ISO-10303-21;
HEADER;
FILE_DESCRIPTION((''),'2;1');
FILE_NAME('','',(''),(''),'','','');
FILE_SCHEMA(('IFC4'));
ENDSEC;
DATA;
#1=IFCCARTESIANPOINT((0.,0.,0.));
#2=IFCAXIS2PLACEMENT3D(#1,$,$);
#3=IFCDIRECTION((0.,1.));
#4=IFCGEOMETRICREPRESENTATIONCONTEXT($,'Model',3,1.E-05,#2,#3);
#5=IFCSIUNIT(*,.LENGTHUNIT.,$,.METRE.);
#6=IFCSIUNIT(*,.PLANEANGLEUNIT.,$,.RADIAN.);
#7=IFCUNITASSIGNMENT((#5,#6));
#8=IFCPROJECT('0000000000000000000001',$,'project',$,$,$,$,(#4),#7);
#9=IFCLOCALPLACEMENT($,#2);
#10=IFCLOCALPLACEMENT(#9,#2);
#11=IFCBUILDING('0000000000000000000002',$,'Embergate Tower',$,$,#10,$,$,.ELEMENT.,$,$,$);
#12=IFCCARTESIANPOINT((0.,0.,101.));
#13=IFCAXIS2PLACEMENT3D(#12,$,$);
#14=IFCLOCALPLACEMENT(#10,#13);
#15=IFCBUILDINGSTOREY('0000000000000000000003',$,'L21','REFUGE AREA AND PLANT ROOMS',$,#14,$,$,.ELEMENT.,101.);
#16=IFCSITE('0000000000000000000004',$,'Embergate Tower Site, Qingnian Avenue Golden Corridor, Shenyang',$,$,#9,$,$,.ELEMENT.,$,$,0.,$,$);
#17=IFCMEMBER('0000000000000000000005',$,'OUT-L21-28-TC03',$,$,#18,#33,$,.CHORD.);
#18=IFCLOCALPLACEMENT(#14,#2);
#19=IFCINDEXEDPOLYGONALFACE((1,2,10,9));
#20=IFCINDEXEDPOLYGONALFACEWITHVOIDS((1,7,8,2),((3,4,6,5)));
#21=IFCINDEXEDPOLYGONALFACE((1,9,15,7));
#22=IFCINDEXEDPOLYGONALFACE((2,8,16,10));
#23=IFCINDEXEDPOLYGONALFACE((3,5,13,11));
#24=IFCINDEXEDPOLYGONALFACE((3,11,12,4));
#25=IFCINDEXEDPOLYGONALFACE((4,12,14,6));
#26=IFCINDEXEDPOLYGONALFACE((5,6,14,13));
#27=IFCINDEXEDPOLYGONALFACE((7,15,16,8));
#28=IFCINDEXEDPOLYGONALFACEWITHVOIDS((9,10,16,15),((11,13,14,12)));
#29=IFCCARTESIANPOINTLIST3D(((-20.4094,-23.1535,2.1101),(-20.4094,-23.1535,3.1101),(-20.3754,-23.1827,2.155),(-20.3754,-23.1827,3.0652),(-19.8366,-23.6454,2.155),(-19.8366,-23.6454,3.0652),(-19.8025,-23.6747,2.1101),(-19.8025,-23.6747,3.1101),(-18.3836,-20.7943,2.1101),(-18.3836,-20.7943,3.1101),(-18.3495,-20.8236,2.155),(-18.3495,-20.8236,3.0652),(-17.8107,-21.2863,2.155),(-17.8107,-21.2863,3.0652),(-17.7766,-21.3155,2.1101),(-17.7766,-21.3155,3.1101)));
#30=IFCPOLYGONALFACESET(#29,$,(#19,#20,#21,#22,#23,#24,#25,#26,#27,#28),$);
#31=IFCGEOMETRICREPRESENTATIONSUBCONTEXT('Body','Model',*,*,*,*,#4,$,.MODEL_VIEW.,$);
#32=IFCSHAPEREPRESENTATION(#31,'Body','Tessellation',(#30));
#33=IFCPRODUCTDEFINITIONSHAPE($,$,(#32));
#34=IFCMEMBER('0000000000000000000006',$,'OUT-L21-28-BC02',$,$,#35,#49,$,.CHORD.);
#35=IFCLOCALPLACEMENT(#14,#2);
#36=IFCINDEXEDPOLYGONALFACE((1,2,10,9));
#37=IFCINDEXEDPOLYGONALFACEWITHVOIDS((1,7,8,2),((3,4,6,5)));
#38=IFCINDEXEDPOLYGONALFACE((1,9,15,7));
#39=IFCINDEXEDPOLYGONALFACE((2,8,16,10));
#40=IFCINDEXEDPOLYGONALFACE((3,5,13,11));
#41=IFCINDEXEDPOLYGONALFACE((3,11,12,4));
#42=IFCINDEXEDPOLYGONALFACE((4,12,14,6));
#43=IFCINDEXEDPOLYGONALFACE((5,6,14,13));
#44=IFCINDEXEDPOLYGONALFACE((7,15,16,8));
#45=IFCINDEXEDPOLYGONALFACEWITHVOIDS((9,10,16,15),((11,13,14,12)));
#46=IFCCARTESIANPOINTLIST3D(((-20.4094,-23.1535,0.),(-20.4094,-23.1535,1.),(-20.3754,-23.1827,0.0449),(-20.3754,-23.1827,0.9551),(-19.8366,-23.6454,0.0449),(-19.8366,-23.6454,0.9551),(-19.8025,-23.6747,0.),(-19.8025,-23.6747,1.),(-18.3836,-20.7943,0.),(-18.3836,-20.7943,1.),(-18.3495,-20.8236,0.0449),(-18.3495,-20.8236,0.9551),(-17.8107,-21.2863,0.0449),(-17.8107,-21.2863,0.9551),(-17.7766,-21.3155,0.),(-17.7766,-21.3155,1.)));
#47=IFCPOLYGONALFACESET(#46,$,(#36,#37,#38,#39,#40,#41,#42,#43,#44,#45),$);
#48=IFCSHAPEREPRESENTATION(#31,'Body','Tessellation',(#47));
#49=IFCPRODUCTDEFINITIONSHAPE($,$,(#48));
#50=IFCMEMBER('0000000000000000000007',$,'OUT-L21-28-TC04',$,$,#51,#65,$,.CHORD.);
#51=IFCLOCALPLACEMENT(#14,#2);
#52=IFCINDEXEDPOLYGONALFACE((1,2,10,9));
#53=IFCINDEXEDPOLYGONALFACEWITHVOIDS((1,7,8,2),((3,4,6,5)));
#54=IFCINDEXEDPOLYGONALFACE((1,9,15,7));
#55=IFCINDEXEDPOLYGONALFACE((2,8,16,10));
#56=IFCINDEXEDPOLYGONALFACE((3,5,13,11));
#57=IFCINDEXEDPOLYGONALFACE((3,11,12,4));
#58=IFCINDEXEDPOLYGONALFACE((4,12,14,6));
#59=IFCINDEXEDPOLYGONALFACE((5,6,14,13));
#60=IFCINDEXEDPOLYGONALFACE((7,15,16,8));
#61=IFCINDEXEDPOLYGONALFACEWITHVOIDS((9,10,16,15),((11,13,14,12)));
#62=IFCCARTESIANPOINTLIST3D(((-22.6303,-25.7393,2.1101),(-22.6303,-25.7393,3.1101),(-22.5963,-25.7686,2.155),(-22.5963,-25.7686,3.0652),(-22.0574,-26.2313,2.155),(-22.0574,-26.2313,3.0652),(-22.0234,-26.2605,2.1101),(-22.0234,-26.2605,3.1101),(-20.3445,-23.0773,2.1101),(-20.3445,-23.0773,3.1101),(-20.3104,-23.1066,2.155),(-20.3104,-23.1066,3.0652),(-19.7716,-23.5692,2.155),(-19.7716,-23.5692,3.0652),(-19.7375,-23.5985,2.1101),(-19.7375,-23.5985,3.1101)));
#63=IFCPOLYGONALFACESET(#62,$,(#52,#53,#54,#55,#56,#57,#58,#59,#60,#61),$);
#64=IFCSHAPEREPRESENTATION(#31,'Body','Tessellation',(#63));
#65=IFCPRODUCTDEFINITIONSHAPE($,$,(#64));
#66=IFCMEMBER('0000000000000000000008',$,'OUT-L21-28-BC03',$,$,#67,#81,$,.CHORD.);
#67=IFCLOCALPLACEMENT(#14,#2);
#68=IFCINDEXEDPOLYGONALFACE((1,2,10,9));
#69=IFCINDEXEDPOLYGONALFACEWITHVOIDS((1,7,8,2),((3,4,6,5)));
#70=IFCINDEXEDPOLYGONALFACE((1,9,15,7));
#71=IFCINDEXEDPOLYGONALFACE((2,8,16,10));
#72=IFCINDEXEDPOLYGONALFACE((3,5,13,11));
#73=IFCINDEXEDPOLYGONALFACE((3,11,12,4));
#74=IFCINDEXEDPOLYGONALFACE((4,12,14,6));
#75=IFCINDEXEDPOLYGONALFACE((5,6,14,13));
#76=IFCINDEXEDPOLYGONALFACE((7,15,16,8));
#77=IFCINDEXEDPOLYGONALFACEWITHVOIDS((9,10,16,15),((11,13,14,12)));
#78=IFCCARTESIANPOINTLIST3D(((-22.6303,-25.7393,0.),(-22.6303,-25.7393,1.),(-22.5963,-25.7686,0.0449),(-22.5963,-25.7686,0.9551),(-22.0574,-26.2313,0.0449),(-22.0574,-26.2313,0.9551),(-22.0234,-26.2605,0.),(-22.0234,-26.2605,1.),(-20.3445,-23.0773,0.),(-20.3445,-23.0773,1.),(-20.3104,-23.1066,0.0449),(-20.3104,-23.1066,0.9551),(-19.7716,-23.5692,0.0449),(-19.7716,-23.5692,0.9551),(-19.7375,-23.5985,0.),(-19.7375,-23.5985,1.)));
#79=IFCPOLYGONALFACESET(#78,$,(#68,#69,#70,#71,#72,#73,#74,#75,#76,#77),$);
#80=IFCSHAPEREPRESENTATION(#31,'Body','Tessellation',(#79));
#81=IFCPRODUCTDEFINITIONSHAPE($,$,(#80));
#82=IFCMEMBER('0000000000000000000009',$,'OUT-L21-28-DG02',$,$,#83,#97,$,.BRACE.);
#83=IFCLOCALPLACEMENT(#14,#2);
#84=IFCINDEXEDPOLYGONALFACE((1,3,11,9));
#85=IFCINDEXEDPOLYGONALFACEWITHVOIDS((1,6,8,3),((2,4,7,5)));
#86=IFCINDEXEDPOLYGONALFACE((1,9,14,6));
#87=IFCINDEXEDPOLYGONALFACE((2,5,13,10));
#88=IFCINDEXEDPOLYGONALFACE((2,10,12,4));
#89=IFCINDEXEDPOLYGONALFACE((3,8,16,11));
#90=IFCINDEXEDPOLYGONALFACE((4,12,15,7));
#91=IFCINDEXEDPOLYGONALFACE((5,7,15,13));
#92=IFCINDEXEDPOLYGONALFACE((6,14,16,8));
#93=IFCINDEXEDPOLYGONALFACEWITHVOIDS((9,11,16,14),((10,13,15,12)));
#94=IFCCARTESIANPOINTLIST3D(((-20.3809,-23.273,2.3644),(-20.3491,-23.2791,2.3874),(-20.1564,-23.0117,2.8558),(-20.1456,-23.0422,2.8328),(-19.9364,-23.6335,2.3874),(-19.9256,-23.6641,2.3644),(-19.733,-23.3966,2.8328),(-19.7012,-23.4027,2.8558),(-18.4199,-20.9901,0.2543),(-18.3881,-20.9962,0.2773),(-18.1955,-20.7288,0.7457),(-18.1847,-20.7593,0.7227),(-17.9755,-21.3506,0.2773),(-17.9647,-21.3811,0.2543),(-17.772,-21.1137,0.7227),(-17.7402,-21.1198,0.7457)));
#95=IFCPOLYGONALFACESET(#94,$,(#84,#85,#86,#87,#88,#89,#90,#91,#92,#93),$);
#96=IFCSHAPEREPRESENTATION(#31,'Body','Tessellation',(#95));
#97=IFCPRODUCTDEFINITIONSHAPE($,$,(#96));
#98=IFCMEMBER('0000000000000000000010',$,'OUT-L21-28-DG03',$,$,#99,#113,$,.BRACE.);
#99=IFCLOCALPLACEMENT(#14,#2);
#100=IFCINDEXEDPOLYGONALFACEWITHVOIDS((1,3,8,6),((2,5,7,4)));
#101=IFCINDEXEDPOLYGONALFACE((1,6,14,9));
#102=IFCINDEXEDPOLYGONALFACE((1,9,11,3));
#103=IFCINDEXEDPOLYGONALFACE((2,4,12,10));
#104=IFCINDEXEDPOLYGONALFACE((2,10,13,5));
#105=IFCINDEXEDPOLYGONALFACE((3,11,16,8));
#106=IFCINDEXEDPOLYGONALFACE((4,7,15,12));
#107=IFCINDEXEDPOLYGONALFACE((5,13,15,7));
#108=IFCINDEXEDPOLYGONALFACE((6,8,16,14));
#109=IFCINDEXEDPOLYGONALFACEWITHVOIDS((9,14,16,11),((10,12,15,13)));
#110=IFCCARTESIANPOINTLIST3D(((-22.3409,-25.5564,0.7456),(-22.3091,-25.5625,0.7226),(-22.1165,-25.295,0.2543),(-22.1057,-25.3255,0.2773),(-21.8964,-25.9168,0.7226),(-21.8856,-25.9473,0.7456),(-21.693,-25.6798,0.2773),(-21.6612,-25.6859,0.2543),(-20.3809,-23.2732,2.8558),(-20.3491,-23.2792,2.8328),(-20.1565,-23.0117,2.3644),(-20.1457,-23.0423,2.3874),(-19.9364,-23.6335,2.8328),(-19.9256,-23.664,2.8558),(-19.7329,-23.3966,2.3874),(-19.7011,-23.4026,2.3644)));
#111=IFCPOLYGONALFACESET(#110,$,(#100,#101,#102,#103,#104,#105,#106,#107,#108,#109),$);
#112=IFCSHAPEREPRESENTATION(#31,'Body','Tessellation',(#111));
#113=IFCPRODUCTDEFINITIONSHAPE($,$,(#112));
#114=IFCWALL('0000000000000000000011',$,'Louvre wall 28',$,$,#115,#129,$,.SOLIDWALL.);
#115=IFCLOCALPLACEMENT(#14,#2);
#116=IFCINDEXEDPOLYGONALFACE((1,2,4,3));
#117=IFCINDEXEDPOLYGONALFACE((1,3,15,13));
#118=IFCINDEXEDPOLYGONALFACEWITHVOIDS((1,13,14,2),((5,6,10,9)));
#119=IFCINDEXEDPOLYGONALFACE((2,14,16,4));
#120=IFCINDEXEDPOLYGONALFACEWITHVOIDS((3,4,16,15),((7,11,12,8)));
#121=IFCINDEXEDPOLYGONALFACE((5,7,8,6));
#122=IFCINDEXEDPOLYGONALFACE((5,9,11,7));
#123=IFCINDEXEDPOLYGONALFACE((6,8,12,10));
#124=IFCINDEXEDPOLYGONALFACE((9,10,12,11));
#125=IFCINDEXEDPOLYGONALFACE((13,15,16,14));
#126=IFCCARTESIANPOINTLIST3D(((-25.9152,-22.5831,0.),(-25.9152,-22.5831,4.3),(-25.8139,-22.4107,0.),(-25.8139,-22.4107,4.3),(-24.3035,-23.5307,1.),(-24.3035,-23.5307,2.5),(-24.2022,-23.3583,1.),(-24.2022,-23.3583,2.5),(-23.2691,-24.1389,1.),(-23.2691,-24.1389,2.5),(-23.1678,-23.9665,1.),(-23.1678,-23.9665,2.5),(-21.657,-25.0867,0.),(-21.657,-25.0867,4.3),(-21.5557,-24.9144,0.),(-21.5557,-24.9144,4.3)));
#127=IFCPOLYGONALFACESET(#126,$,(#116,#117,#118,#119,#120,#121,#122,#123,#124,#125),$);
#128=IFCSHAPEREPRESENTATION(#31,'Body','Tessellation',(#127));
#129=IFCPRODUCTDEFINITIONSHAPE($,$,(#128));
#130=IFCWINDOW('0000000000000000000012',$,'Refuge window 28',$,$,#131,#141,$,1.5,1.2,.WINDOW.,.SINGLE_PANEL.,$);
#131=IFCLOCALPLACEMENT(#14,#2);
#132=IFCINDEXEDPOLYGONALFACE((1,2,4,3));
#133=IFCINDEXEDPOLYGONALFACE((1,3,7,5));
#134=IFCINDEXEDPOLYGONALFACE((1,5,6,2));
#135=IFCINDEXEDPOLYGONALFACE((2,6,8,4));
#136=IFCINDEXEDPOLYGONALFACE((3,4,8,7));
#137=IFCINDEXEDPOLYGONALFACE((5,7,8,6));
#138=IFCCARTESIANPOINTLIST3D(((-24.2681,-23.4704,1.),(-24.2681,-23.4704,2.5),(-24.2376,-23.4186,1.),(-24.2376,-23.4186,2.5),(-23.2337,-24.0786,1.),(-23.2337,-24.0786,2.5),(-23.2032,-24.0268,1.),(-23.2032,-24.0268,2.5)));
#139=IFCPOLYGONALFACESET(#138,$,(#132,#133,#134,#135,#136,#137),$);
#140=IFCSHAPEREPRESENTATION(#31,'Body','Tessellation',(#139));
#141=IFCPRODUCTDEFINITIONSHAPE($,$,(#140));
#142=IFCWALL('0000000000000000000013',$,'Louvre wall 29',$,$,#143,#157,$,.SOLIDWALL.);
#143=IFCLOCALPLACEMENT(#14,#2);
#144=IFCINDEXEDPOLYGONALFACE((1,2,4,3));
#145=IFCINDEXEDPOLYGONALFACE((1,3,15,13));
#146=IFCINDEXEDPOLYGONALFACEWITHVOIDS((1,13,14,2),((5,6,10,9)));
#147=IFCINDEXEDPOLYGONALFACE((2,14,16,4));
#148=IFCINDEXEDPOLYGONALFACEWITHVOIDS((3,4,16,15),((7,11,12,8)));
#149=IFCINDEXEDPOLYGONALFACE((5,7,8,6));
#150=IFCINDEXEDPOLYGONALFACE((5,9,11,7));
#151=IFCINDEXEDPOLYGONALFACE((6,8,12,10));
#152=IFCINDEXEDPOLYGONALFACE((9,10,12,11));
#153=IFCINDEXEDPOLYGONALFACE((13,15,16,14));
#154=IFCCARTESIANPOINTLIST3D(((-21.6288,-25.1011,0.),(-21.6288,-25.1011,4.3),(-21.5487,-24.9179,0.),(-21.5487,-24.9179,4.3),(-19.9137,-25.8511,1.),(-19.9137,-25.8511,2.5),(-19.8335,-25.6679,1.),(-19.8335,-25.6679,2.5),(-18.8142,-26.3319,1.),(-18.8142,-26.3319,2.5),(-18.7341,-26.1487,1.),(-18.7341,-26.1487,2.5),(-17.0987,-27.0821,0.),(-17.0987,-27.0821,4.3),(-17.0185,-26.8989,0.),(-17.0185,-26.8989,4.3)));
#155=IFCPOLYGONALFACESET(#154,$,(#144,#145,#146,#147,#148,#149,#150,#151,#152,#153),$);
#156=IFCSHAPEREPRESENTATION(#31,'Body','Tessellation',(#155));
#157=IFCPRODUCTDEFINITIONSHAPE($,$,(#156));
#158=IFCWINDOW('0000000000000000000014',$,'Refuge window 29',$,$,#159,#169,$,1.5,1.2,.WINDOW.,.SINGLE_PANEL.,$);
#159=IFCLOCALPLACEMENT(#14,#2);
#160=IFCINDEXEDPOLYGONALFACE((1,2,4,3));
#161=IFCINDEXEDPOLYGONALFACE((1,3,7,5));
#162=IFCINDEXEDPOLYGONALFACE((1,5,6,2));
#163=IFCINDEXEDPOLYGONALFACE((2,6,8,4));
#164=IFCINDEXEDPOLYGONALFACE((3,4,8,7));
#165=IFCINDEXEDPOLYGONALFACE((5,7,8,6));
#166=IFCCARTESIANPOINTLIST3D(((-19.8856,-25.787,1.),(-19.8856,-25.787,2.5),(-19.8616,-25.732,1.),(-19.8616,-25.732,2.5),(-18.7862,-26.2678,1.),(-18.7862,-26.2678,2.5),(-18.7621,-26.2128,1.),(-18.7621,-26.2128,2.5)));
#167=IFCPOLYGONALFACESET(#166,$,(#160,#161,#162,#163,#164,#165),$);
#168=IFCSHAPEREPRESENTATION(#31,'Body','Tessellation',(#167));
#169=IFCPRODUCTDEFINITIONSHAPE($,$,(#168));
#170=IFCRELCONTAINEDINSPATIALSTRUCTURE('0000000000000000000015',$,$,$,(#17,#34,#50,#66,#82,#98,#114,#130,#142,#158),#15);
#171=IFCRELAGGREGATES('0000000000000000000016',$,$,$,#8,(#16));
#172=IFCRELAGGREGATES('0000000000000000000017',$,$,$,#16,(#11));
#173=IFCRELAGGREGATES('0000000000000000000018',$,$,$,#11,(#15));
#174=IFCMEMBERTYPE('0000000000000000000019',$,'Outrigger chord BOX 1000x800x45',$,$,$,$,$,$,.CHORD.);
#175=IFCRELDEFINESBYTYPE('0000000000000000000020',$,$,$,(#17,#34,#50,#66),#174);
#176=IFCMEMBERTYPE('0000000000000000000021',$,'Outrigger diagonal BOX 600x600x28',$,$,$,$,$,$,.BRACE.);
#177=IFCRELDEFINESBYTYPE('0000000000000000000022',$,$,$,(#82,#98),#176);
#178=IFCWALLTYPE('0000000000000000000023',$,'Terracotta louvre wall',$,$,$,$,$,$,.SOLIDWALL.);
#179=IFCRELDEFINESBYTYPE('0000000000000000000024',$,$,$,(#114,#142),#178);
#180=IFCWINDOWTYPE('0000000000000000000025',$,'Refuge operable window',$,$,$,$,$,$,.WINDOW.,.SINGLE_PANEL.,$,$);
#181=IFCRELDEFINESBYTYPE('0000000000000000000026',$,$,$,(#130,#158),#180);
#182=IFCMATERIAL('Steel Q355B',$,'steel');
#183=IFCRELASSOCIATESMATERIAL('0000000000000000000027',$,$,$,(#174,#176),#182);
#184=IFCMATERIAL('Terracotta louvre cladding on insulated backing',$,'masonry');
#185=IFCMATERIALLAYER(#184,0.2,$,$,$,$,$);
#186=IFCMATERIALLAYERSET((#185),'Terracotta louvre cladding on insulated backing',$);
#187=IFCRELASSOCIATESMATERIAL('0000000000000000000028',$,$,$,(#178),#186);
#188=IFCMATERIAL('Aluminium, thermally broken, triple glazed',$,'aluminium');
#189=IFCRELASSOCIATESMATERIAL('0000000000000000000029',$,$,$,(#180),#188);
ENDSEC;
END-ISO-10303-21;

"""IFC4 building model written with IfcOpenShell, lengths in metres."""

from ifc_helpers import new_model, si_unit, direction, frame, frame_2d, origin, origin_2d, place, context, subcontext, project, spatial, rectangle, hollow_rectangle, extrude, source, transform, mapped, material, layer, layer_set, material_profile, profile_set, type_object, element, fill, save


model = new_model("IFC4")

# Units and contexts
model_context = context("Model", 3, precision=1e-05, world=origin(), true_north=direction((0.0, 1.0)))
body_context = subcontext(model_context, "Body", "Model", "MODEL_VIEW")
ifc_project = project(units=[si_unit("LENGTHUNIT", "METRE"), si_unit("PLANEANGLEUNIT", "RADIAN")], contexts=[model_context])

# Site, building, storey
site_placement = place(None, origin())
site = spatial("IfcSite", under=ifc_project, at=site_placement, Name="Embergate Tower Site, Qingnian Avenue Golden Corridor, Shenyang", CompositionType="ELEMENT", RefElevation=0.0)
building_placement = place(site_placement, origin())
building = spatial("IfcBuilding", under=site, at=building_placement, Name="Embergate Tower", CompositionType="ELEMENT")
storey_placement = place(building_placement, frame((0.0, 0.0, 101.0)))
storey = spatial("IfcBuildingStorey", under=building, at=storey_placement, Name="L21", Description="REFUGE AREA AND PLANT ROOMS", CompositionType="ELEMENT", Elevation=101.0)

# Shared definitions
ifc_material_1 = material(Name="Steel Q355B", Category="steel")

# Members
ifc_material_profile_1 = material_profile(ifc_material_1, hollow_rectangle(XDim=0.8, YDim=1.0, WallThickness=0.0449, at=origin_2d()), Name="BOX 1000x800x45")
ifc_profile_set_1 = profile_set([ifc_material_profile_1], Name="Steel Q355 grade B")
member_type_1 = type_object("IfcMemberType", Name="Outrigger chord BOX 1000x800x45", PredefinedType="CHORD", material=ifc_profile_set_1)
shared_shape_1 = source(origin(), body_context, "Body", "SweptSolid", [
    extrude(hollow_rectangle(XDim=0.8, YDim=1.0, WallThickness=0.0449, at=origin_2d()), origin(), (0.0, 0.0, 1.0), 3.1096),
])
for number, where, z_axis, x_axis, name in (
    (1, (-18.0801, -21.0549, 2.6101), (-0.651489, -0.758658, 0.0), (0.758658, -0.651489, 0.0), "OUT-L21-28-TC03"),
    (2, (-18.0801, -21.0549, 0.5), (-0.651489, -0.758658, 0.0), (0.758658, -0.651489, 0.0), "OUT-L21-28-BC02"),
):
    element("IfcMember", number, at=place(storey_placement, frame(where, z_axis=z_axis, x_axis=x_axis)), inside=storey, type_object=member_type_1, Name=name, PredefinedType="CHORD", context=body_context, shape_type="MappedRepresentation", body=[
        mapped(shared_shape_1, transform((0.0, 0.0, 0.0))),
    ])
shared_shape_2 = source(origin(), body_context, "Body", "SweptSolid", [
    extrude(hollow_rectangle(XDim=0.8, YDim=1.0, WallThickness=0.0449, at=origin_2d()), origin(), (0.0, 0.0, 1.0), 3.5088),
])
for number, where, z_axis, x_axis, name in (
    (3, (-20.041, -23.3379, 2.6101), (-0.651462, -0.758682, 0.0), (0.758682, -0.651462, 0.0), "OUT-L21-28-TC04"),
    (4, (-20.041, -23.3379, 0.5), (-0.651462, -0.758682, 0.0), (0.758682, -0.651462, 0.0), "OUT-L21-28-BC03"),
):
    element("IfcMember", number, at=place(storey_placement, frame(where, z_axis=z_axis, x_axis=x_axis)), inside=storey, type_object=member_type_1, Name=name, PredefinedType="CHORD", context=body_context, shape_type="MappedRepresentation", body=[
        mapped(shared_shape_2, transform((0.0, 0.0, 0.0))),
    ])
ifc_material_profile_2 = material_profile(ifc_material_1, hollow_rectangle(XDim=0.6001, YDim=0.6001, WallThickness=0.0281, at=origin_2d()), Name="BOX 600x600x28")
ifc_profile_set_2 = profile_set([ifc_material_profile_2], Name="Steel Q355 grade B")
member_type_2 = type_object("IfcMemberType", Name="Outrigger diagonal BOX 600x600x28", PredefinedType="BRACE", material=ifc_profile_set_2)
shared_shape_3 = source(origin(), body_context, "Body", "SweptSolid", [
    extrude(hollow_rectangle(XDim=0.6001, YDim=0.6001, WallThickness=0.0281, at=origin_2d()), origin(), (0.0, 0.0, 1.0), 3.6755),
])
member_1_placement = place(storey_placement, frame((-18.0801, -21.0549, 0.5), z_axis=(-0.533507, -0.621119, 0.574092), x_axis=(0.75858, -0.651579, 0.0)))
element("IfcMember", 5, at=member_1_placement, inside=storey, type_object=member_type_2, Name="OUT-L21-28-DG02", PredefinedType="BRACE", context=body_context, shape_type="MappedRepresentation", body=[
    mapped(shared_shape_3, transform((0.0, 0.0, 0.0))),
])
shared_shape_4 = source(origin(), body_context, "Body", "SweptSolid", [
    extrude(hollow_rectangle(XDim=0.6001, YDim=0.6001, WallThickness=0.0281, at=origin_2d()), origin(), (0.0, 0.0, 1.0), 3.6753),
])
member_2_placement = place(storey_placement, frame((-20.041, -23.3379, 2.6101), z_axis=(-0.533295, -0.621248, -0.574149), x_axis=(0.758775, -0.651352, 0.0)))
element("IfcMember", 6, at=member_2_placement, inside=storey, type_object=member_type_2, Name="OUT-L21-28-DG03", PredefinedType="BRACE", context=body_context, shape_type="MappedRepresentation", body=[
    mapped(shared_shape_4, transform((0.0, 0.0, 0.0))),
])

# Walls, openings, windows
ifc_material_2 = material(Name="Terracotta louvre cladding on insulated backing", Category="masonry")
ifc_layer_1 = layer(ifc_material_2, 0.2)
ifc_layer_set_1 = layer_set([ifc_layer_1], Name="Terracotta louvre cladding on insulated backing")
wall_type_1 = type_object("IfcWallType", Name="Terracotta louvre wall", PredefinedType="SOLIDWALL", material=ifc_layer_set_1)
shared_shape_5 = source(origin(), body_context, "Body", "SweptSolid", [
    extrude(rectangle(XDim=4.9397, YDim=0.2, at=frame_2d((2.4697, 0.0))), origin(), (0.0, 0.0, 1.0), 4.3),
])
wall_1_placement = place(storey_placement, frame((-21.6064, -25.0005, 0.0), z_axis=(0.0, 0.0, 1.0), x_axis=(-0.862042, 0.506837, 0.0)))
wall_1 = element("IfcWall", 7, at=wall_1_placement, inside=storey, type_object=wall_type_1, Name="Louvre wall 28", PredefinedType="SOLIDWALL", context=body_context, shape_type="MappedRepresentation", body=[
    mapped(shared_shape_5, transform((0.0, 0.0, 0.0))),
])
shared_shape_6 = source(origin(), body_context, "Body", "SweptSolid", [
    extrude(rectangle(XDim=1.2, YDim=1.5, at=frame_2d((0.6001, 0.75))), frame((0.0, 0.1099, 0.0), z_axis=(0.0, -1.0, 0.0), x_axis=(1.0, 0.0, 0.0)), (0.0, 0.0, 1.0), 0.22),
])
opening_1_placement = place(wall_1_placement, frame((1.8699, 0.0, 1.0)))
opening_1 = element("IfcOpeningElement", 8, at=opening_1_placement, cuts=wall_1, PredefinedType="OPENING", context=body_context, shape_type="MappedRepresentation", body=[
    mapped(shared_shape_6, transform((0.0, 0.0, 0.0))),
])
ifc_material_3 = material(Name="Aluminium, thermally broken, triple glazed", Category="aluminium")
window_type = type_object("IfcWindowType", Name="Refuge operable window", PartitioningType="SINGLE_PANEL", PredefinedType="WINDOW", material=ifc_material_3)
shared_shape_7 = source(origin(), body_context, "Body", "SweptSolid", [
    extrude(rectangle(XDim=1.2, YDim=1.5, at=frame_2d((0.6001, 0.75))), frame((0.0, 0.03, 0.0), z_axis=(0.0, -1.0, 0.0), x_axis=(1.0, 0.0, 0.0)), (0.0, 0.0, 1.0), 0.0601),
])
window_1_placement = place(opening_1_placement, origin())
window_1 = element("IfcWindow", 9, at=window_1_placement, inside=storey, type_object=window_type, Name="Refuge window 28", OverallHeight=1.5, OverallWidth=1.2, PartitioningType="SINGLE_PANEL", PredefinedType="WINDOW", context=body_context, shape_type="MappedRepresentation", body=[
    mapped(shared_shape_7, transform((0.0, 0.0, 0.0))),
])
fill(opening_1, window_1)
shared_shape_8 = source(origin(), body_context, "Body", "SweptSolid", [
    extrude(rectangle(XDim=4.9443, YDim=0.2, at=frame_2d((2.4722, 0.0))), origin(), (0.0, 0.0, 1.0), 4.3),
])
wall_2_placement = place(storey_placement, frame((-17.0586, -26.9905, 0.0), z_axis=(0.0, 0.0, 1.0), x_axis=(-0.916226, 0.400661, 0.0)))
wall_2 = element("IfcWall", 10, at=wall_2_placement, inside=storey, type_object=wall_type_1, Name="Louvre wall 29", PredefinedType="SOLIDWALL", context=body_context, shape_type="MappedRepresentation", body=[
    mapped(shared_shape_8, transform((0.0, 0.0, 0.0))),
])
opening_2_placement = place(wall_2_placement, frame((1.8723, 0.0, 1.0)))
opening_2 = element("IfcOpeningElement", 11, at=opening_2_placement, cuts=wall_2, PredefinedType="OPENING", context=body_context, shape_type="MappedRepresentation", body=[
    mapped(shared_shape_6, transform((0.0, 0.0, 0.0))),
])
window_2_placement = place(opening_2_placement, origin())
window_2 = element("IfcWindow", 12, at=window_2_placement, inside=storey, type_object=window_type, Name="Refuge window 29", OverallHeight=1.5, OverallWidth=1.2, PartitioningType="SINGLE_PANEL", PredefinedType="WINDOW", context=body_context, shape_type="MappedRepresentation", body=[
    mapped(shared_shape_7, transform((0.0, 0.0, 0.0))),
])
fill(opening_2, window_2)

save(model, "model.ifc")
